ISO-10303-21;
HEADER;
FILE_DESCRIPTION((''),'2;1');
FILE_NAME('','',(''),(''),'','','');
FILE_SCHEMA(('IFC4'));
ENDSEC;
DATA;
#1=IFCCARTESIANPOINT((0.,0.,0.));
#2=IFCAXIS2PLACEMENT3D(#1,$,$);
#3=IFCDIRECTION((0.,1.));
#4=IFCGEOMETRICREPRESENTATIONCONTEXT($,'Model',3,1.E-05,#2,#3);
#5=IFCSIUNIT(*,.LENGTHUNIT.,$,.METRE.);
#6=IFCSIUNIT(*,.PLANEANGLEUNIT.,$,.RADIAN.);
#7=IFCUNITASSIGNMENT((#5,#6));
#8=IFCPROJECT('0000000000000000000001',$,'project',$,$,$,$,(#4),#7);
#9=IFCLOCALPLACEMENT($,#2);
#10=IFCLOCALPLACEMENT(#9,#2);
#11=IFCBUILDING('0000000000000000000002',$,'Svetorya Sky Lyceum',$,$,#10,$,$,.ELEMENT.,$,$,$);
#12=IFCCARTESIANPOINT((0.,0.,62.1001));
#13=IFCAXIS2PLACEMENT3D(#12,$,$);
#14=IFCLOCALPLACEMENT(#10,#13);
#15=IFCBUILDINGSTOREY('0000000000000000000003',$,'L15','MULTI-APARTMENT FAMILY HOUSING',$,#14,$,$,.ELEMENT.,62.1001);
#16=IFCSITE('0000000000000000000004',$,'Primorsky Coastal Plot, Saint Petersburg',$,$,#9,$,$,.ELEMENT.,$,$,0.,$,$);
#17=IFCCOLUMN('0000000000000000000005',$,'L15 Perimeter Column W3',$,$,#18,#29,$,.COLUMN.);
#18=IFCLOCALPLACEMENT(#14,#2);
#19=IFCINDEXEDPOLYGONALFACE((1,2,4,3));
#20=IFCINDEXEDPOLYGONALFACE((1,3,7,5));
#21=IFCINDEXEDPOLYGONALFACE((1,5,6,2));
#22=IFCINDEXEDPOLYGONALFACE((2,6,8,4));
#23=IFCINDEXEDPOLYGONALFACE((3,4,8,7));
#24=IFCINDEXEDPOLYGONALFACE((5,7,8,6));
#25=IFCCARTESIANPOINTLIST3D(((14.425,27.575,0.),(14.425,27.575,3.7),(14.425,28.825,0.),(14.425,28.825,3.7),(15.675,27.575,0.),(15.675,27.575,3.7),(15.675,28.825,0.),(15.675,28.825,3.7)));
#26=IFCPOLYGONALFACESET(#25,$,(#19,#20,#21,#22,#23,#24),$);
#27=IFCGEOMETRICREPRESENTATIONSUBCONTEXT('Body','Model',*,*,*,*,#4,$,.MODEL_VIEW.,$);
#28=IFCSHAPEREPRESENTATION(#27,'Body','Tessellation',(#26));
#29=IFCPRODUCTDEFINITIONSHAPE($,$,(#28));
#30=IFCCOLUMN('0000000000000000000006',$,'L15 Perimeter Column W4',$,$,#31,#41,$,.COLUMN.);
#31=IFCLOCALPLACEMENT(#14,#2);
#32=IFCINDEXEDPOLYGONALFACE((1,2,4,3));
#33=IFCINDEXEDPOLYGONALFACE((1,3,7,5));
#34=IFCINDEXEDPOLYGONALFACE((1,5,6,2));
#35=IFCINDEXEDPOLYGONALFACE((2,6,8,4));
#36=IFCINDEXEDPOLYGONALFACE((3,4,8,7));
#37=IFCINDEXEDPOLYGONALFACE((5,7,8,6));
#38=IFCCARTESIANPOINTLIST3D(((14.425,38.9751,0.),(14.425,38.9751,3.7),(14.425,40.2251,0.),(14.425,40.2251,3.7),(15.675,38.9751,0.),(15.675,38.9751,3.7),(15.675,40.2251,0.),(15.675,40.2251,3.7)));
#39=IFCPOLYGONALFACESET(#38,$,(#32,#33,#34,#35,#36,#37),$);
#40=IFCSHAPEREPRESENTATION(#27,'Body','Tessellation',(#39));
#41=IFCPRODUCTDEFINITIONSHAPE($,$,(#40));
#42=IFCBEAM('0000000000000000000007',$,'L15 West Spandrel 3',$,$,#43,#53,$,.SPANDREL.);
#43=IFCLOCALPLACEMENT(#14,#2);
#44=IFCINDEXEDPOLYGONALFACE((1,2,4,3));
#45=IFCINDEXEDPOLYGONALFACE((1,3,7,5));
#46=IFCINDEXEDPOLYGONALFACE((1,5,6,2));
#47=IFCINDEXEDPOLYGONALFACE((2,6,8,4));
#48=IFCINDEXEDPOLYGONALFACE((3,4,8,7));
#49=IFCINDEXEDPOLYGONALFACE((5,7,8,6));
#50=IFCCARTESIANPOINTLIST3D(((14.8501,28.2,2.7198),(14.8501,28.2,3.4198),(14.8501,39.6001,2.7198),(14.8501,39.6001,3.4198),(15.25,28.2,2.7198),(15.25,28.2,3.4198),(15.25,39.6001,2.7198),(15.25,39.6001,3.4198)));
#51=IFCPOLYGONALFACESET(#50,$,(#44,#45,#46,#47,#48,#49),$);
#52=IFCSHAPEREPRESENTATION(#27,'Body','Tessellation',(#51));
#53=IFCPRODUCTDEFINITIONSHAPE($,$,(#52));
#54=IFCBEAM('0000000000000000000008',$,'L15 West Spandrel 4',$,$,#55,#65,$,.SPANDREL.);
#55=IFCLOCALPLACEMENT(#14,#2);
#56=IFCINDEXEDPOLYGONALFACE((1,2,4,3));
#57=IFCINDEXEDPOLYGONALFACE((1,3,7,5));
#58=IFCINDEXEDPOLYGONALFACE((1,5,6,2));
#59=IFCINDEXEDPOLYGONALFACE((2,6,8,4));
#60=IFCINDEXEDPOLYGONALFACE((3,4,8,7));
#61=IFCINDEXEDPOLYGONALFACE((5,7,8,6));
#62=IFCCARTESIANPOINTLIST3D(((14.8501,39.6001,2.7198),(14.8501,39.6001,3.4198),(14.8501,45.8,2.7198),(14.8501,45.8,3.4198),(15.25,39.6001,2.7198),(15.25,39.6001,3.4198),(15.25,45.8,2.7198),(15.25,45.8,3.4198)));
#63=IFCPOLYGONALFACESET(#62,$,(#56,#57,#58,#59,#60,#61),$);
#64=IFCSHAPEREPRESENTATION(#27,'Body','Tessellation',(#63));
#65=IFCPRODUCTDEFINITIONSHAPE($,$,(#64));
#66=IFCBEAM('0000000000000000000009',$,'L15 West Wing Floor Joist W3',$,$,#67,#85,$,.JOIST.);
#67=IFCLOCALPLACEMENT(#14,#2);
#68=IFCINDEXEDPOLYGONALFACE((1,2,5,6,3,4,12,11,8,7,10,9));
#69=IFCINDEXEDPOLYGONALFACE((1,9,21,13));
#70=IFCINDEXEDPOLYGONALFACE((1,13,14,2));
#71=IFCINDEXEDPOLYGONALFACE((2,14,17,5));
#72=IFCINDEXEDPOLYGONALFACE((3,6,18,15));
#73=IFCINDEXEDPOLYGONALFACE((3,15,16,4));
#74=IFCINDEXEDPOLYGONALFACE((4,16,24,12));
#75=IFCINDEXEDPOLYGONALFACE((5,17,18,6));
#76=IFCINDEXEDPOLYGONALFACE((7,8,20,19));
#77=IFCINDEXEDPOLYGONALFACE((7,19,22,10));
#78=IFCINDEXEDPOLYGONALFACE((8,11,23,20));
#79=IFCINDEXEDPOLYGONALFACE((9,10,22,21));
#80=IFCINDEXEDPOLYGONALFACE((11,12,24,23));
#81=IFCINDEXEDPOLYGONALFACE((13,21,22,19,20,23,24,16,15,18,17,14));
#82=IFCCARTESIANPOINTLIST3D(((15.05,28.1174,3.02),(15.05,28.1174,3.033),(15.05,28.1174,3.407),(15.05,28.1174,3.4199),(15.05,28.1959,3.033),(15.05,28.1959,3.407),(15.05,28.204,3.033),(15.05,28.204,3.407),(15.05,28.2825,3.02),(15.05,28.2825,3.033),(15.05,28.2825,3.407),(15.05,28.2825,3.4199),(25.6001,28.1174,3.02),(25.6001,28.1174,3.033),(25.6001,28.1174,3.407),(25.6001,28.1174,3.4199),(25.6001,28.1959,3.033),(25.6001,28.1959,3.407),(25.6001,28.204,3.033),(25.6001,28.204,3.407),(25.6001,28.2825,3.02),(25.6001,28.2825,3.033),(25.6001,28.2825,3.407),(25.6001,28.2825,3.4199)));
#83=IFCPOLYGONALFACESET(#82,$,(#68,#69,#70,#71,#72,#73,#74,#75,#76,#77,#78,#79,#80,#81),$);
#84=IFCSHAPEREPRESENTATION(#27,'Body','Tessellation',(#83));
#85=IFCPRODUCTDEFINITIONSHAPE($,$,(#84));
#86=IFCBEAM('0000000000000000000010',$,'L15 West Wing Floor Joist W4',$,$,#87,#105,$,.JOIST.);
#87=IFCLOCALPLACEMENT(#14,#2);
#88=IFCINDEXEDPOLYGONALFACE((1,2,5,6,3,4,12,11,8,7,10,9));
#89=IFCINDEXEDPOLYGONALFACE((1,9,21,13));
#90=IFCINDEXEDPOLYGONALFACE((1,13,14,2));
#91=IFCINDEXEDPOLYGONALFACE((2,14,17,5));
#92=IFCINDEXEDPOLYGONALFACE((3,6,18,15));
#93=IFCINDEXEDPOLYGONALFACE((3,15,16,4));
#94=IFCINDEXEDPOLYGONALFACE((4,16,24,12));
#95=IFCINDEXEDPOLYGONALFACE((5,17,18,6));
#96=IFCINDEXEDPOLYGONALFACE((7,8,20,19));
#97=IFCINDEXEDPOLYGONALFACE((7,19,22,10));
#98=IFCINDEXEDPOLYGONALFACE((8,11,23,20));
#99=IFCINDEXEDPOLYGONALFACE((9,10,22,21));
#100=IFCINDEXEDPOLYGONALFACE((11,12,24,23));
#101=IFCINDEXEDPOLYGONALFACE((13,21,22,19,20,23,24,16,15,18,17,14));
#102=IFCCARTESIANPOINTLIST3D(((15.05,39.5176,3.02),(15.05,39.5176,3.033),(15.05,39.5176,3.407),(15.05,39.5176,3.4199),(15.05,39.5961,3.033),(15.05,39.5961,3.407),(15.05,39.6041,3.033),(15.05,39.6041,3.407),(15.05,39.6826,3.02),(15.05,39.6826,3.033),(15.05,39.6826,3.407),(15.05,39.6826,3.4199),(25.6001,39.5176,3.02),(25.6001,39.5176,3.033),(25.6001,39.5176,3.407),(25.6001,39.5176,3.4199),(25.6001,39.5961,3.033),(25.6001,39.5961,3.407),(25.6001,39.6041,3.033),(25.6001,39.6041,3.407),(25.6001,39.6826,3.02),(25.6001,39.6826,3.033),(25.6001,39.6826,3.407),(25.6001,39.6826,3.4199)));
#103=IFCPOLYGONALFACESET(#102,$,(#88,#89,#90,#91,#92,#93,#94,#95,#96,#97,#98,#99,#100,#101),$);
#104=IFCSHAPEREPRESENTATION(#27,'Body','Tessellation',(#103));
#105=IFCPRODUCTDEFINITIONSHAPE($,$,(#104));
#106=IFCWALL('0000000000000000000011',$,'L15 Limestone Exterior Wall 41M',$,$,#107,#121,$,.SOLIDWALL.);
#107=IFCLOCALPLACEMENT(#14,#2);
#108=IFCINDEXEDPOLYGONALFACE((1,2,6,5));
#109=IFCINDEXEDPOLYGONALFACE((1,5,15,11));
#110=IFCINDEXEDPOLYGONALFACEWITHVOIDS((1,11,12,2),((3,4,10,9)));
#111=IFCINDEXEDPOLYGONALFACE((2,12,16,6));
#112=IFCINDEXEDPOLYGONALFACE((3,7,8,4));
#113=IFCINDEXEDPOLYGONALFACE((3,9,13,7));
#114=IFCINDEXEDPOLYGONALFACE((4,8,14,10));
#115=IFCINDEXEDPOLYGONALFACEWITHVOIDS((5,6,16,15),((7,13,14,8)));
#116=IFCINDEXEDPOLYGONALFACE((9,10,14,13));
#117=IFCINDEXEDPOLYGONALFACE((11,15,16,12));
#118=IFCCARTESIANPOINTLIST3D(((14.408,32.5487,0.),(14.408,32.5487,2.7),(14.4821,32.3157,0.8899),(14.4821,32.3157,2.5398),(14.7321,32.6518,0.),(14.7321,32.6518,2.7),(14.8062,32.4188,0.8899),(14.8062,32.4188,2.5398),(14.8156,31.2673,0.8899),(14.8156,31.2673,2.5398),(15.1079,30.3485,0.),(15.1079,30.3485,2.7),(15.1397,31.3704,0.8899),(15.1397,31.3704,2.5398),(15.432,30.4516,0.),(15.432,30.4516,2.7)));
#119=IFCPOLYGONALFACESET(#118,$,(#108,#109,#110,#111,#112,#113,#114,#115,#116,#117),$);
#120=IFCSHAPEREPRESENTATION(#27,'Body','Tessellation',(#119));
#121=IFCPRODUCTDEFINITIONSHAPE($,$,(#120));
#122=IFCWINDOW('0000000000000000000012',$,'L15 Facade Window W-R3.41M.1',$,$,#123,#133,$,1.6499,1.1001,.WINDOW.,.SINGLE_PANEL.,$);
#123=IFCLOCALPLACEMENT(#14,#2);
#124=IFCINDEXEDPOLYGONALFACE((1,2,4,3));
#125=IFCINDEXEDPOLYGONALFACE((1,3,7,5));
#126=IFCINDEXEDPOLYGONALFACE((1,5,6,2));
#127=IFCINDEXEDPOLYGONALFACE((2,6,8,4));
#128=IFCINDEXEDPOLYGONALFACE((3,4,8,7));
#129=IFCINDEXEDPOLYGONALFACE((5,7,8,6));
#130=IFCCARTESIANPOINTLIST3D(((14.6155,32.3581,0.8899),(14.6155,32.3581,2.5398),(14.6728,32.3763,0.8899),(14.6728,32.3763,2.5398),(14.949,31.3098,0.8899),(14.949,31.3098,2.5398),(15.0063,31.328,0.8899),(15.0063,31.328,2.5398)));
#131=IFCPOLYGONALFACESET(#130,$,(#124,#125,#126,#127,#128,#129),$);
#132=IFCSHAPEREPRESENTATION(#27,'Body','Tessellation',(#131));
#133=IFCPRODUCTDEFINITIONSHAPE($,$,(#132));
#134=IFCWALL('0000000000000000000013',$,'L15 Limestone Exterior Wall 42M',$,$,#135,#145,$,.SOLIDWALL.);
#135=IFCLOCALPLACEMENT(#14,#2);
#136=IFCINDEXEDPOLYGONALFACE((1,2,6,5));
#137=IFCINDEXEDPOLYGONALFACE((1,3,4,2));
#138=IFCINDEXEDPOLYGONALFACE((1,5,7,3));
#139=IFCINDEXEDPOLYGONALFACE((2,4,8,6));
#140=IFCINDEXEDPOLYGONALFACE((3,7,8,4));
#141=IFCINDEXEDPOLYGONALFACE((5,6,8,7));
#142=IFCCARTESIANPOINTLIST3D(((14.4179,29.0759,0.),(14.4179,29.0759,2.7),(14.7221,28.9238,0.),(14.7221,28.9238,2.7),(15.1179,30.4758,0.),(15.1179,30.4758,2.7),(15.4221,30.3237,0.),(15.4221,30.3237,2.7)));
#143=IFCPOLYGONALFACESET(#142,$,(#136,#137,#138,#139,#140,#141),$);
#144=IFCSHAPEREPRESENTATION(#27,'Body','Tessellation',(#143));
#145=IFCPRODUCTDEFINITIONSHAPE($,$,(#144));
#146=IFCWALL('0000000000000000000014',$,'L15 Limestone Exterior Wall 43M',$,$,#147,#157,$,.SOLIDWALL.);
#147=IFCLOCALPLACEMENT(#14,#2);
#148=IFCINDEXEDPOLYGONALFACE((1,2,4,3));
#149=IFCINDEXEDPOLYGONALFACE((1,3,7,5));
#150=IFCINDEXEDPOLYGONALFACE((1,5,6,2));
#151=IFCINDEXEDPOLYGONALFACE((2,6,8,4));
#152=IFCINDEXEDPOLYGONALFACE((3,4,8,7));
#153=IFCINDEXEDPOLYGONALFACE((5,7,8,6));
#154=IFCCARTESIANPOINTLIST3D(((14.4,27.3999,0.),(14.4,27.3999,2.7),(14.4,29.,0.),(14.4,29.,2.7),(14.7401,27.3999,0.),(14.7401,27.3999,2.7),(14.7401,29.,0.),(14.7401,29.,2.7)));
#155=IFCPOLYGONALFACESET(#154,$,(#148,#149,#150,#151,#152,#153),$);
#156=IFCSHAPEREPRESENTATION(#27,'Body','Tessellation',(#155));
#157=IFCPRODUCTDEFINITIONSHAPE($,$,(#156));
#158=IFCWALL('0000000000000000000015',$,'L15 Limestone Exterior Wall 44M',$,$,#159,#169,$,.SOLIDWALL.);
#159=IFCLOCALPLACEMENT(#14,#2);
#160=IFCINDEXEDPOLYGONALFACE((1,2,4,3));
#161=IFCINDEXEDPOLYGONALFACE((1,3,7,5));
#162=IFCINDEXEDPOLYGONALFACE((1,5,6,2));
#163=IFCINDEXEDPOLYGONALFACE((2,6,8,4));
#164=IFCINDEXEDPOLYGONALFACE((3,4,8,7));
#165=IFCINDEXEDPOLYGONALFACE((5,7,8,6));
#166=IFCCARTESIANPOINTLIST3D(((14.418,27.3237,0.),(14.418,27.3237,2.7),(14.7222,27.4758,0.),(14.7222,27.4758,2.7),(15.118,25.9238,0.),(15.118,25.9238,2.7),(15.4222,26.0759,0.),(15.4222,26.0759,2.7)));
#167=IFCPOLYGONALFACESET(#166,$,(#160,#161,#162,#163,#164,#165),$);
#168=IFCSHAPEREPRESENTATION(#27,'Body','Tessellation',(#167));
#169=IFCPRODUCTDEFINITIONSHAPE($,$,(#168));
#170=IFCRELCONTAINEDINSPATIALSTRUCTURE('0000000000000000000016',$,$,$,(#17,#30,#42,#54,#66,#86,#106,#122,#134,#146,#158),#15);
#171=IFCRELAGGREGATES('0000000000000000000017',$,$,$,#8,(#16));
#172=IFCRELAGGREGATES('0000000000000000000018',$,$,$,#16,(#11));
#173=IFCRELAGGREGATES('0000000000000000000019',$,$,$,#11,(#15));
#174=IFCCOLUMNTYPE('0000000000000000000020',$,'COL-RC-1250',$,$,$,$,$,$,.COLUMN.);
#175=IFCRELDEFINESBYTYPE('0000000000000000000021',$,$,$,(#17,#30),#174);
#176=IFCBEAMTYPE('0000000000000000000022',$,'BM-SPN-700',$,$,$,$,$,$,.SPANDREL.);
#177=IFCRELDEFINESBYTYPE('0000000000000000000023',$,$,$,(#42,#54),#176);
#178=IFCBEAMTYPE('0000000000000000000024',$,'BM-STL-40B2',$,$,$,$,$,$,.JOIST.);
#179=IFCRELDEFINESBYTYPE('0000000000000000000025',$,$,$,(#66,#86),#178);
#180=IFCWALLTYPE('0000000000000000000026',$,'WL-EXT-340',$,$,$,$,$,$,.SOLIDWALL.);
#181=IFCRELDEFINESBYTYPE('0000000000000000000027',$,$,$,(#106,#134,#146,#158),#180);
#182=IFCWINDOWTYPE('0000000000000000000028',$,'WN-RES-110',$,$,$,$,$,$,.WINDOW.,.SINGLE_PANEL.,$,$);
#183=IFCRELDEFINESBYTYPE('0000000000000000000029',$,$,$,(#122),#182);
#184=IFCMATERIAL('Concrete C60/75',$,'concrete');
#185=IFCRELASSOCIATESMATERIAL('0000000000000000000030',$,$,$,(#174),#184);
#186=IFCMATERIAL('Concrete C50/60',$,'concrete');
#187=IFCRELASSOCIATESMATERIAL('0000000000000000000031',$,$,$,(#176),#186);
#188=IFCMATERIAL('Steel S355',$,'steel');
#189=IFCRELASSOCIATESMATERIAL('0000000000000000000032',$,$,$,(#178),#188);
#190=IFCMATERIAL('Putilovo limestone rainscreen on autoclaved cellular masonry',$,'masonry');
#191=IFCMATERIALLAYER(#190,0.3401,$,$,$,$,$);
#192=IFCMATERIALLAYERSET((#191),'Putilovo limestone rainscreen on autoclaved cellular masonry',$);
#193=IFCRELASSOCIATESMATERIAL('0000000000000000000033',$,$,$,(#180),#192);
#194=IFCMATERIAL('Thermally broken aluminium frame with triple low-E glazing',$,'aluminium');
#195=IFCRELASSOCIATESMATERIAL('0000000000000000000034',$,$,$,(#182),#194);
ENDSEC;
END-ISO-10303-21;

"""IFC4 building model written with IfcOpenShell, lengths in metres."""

from ifc_helpers import new_model, si_unit, direction, frame, frame_2d, origin, origin_2d, place, context, subcontext, project, spatial, rectangle, i_section, extrude, material, layer, layer_set, material_profile, profile_set, type_object, element, fill, save


model = new_model("IFC4")

# Units and contexts
model_context = context("Model", 3, precision=1e-05, world=origin(), true_north=direction((0.0, 1.0)))
body_context = subcontext(model_context, "Body", "Model", "MODEL_VIEW")
ifc_project = project(units=[si_unit("LENGTHUNIT", "METRE"), si_unit("PLANEANGLEUNIT", "RADIAN")], contexts=[model_context])

# Site, building, storey
site_placement = place(None, origin())
site = spatial("IfcSite", under=ifc_project, at=site_placement, Name="Primorsky Coastal Plot, Saint Petersburg", CompositionType="ELEMENT", RefElevation=0.0)
building_placement = place(site_placement, origin())
building = spatial("IfcBuilding", under=site, at=building_placement, Name="Svetorya Sky Lyceum", CompositionType="ELEMENT")
storey_placement = place(building_placement, frame((0.0, 0.0, 62.1001)))
storey = spatial("IfcBuildingStorey", under=building, at=storey_placement, Name="L15", Description="MULTI-APARTMENT FAMILY HOUSING", CompositionType="ELEMENT", Elevation=62.1001)

# Columns
ifc_material_1 = material(Name="Concrete C60/75", Category="concrete")
ifc_material_profile_1 = material_profile(ifc_material_1, rectangle(XDim=1.25, YDim=1.25, at=origin_2d()), Name="RC COL 1250x1250")
ifc_profile_set_1 = profile_set([ifc_material_profile_1], Name="Concrete C60/75")
column_type = type_object("IfcColumnType", Name="COL-RC-1250", PredefinedType="COLUMN", material=ifc_profile_set_1)
for number, where, z_axis, x_axis, name in (
    (1, (15.05, 28.2, 0.0), (0.0, 0.0, 1.0), (1.0, 0.0, 0.0), "L15 Perimeter Column W3"),
    (2, (15.05, 39.6001, 0.0), (0.0, 0.0, 1.0), (1.0, 0.0, 0.0), "L15 Perimeter Column W4"),
):
    element("IfcColumn", number, at=place(storey_placement, frame(where, z_axis=z_axis, x_axis=x_axis)), inside=storey, type_object=column_type, Name=name, PredefinedType="COLUMN", context=body_context, shape_type="SweptSolid", body=[
        extrude(rectangle(XDim=1.25, YDim=1.25, at=origin_2d()), origin(), (0.0, 0.0, 1.0), 3.7),
    ])

# Beams
ifc_material_2 = material(Name="Concrete C50/60", Category="concrete")
ifc_material_profile_2 = material_profile(ifc_material_2, rectangle(XDim=0.3999, YDim=0.7, at=origin_2d()), Name="RC SPANDREL 400x700")
ifc_profile_set_2 = profile_set([ifc_material_profile_2], Name="Concrete C50/60")
beam_type_1 = type_object("IfcBeamType", Name="BM-SPN-700", PredefinedType="SPANDREL", material=ifc_profile_set_2)
beam_1_placement = place(storey_placement, frame((15.05, 28.2, 3.0698), z_axis=(0.0, 1.0, 0.0), x_axis=(-1.0, 0.0, 0.0)))
element("IfcBeam", 3, at=beam_1_placement, inside=storey, type_object=beam_type_1, Name="L15 West Spandrel 3", PredefinedType="SPANDREL", context=body_context, shape_type="SweptSolid", body=[
    extrude(rectangle(XDim=0.3999, YDim=0.7, at=origin_2d()), origin(), (0.0, 0.0, 1.0), 11.4001),
])
beam_2_placement = place(storey_placement, frame((15.05, 39.6001, 3.0698), z_axis=(0.0, 1.0, 0.0), x_axis=(-1.0, 0.0, 0.0)))
element("IfcBeam", 4, at=beam_2_placement, inside=storey, type_object=beam_type_1, Name="L15 West Spandrel 4", PredefinedType="SPANDREL", context=body_context, shape_type="SweptSolid", body=[
    extrude(rectangle(XDim=0.3999, YDim=0.7, at=origin_2d()), origin(), (0.0, 0.0, 1.0), 6.2),
])
ifc_material_3 = material(Name="Steel S355", Category="steel")
ifc_material_profile_3 = material_profile(ifc_material_3, i_section(OverallWidth=0.165, OverallDepth=0.3999, WebThickness=0.0081, FlangeThickness=0.0129, at=origin_2d()), Name="GOST 40B2")
ifc_profile_set_3 = profile_set([ifc_material_profile_3], Name="Steel S355")
beam_type_2 = type_object("IfcBeamType", Name="BM-STL-40B2", PredefinedType="JOIST", material=ifc_profile_set_3)
for number, where, z_axis, x_axis, name in (
    (5, (15.05, 28.2, 3.22), (1.0, 0.0, 0.0), (0.0, 1.0, 0.0), "L15 West Wing Floor Joist W3"),
    (6, (15.05, 39.6001, 3.22), (1.0, 0.0, 0.0), (0.0, 1.0, 0.0), "L15 West Wing Floor Joist W4"),
):
    element("IfcBeam", number, at=place(storey_placement, frame(where, z_axis=z_axis, x_axis=x_axis)), inside=storey, type_object=beam_type_2, Name=name, PredefinedType="JOIST", context=body_context, shape_type="SweptSolid", body=[
        extrude(i_section(OverallWidth=0.165, OverallDepth=0.3999, WebThickness=0.0081, FlangeThickness=0.0129, at=origin_2d()), origin(), (0.0, 0.0, 1.0), 10.55),
    ])

# Wall, opening, window
ifc_material_4 = material(Name="Putilovo limestone rainscreen on autoclaved cellular masonry", Category="masonry")
ifc_layer_1 = layer(ifc_material_4, 0.3401)
ifc_layer_set_1 = layer_set([ifc_layer_1], Name="Putilovo limestone rainscreen on autoclaved cellular masonry")
wall_type_1 = type_object("IfcWallType", Name="WL-EXT-340", PredefinedType="SOLIDWALL", material=ifc_layer_set_1)
wall_1_placement = place(storey_placement, frame((14.5701, 32.6001, 0.0), z_axis=(0.0, 0.0, 1.0), x_axis=(0.30316, -0.95294, 0.0)))
wall_1 = element("IfcWall", 7, at=wall_1_placement, inside=storey, type_object=wall_type_1, Name="L15 Limestone Exterior Wall 41M", PredefinedType="SOLIDWALL", context=body_context, shape_type="SweptSolid", body=[
    extrude(rectangle(XDim=2.3088, YDim=0.3401, at=frame_2d((1.1543, 0.0))), origin(), (0.0, 0.0, 1.0), 2.7),
])
opening_1_placement = place(wall_1_placement, frame((0.2444, 0.0, 0.8899)))
opening_1 = element("IfcOpeningElement", 8, at=opening_1_placement, cuts=wall_1, PredefinedType="OPENING", context=body_context, shape_type="SweptSolid", body=[
    extrude(rectangle(XDim=1.1001, YDim=1.6499, at=frame_2d((0.55, 0.825))), frame((0.0, 0.1799, 0.0), z_axis=(0.0, -1.0, 0.0), x_axis=(1.0, 0.0, 0.0)), (0.0, 0.0, 1.0), 0.3601),
])
ifc_material_5 = material(Name="Thermally broken aluminium frame with triple low-E glazing", Category="aluminium")
window_type_1 = type_object("IfcWindowType", Name="WN-RES-110", PartitioningType="SINGLE_PANEL", PredefinedType="WINDOW", material=ifc_material_5)
window_1_placement = place(opening_1_placement, origin())
window_1 = element("IfcWindow", 9, at=window_1_placement, inside=storey, type_object=window_type_1, Name="L15 Facade Window W-R3.41M.1", OverallHeight=1.6499, OverallWidth=1.1001, PartitioningType="SINGLE_PANEL", PredefinedType="WINDOW", context=body_context, shape_type="SweptSolid", body=[
    extrude(rectangle(XDim=1.1001, YDim=1.6499, at=frame_2d((0.55, 0.825))), frame((0.0, 0.03, 0.0), z_axis=(0.0, -1.0, 0.0), x_axis=(1.0, 0.0, 0.0)), (0.0, 0.0, 1.0), 0.0601),
])
fill(opening_1, window_1)

# Walls
wall_2_placement = place(storey_placement, frame((15.27, 30.3999, 0.0), z_axis=(0.0, 0.0, 1.0), x_axis=(-0.447214, -0.894427, 0.0)))
element("IfcWall", 10, at=wall_2_placement, inside=storey, type_object=wall_type_1, Name="L15 Limestone Exterior Wall 42M", PredefinedType="SOLIDWALL", context=body_context, shape_type="SweptSolid", body=[
    extrude(rectangle(XDim=1.5652, YDim=0.3401, at=frame_2d((0.7827, 0.0))), origin(), (0.0, 0.0, 1.0), 2.7),
])
wall_3_placement = place(storey_placement, frame((14.5701, 29.0, 0.0), z_axis=(0.0, 0.0, 1.0), x_axis=(0.0, -1.0, 0.0)))
element("IfcWall", 11, at=wall_3_placement, inside=storey, type_object=wall_type_1, Name="L15 Limestone Exterior Wall 43M", PredefinedType="SOLIDWALL", context=body_context, shape_type="SweptSolid", body=[
    extrude(rectangle(XDim=1.6001, YDim=0.3401, at=frame_2d((0.8, 0.0))), origin(), (0.0, 0.0, 1.0), 2.7),
])
wall_4_placement = place(storey_placement, frame((14.5701, 27.3999, 0.0), z_axis=(0.0, 0.0, 1.0), x_axis=(0.447214, -0.894427, 0.0)))
element("IfcWall", 12, at=wall_4_placement, inside=storey, type_object=wall_type_1, Name="L15 Limestone Exterior Wall 44M", PredefinedType="SOLIDWALL", context=body_context, shape_type="SweptSolid", body=[
    extrude(rectangle(XDim=1.5652, YDim=0.3401, at=frame_2d((0.7827, 0.0))), origin(), (0.0, 0.0, 1.0), 2.7),
])

save(model, "model.ifc")
